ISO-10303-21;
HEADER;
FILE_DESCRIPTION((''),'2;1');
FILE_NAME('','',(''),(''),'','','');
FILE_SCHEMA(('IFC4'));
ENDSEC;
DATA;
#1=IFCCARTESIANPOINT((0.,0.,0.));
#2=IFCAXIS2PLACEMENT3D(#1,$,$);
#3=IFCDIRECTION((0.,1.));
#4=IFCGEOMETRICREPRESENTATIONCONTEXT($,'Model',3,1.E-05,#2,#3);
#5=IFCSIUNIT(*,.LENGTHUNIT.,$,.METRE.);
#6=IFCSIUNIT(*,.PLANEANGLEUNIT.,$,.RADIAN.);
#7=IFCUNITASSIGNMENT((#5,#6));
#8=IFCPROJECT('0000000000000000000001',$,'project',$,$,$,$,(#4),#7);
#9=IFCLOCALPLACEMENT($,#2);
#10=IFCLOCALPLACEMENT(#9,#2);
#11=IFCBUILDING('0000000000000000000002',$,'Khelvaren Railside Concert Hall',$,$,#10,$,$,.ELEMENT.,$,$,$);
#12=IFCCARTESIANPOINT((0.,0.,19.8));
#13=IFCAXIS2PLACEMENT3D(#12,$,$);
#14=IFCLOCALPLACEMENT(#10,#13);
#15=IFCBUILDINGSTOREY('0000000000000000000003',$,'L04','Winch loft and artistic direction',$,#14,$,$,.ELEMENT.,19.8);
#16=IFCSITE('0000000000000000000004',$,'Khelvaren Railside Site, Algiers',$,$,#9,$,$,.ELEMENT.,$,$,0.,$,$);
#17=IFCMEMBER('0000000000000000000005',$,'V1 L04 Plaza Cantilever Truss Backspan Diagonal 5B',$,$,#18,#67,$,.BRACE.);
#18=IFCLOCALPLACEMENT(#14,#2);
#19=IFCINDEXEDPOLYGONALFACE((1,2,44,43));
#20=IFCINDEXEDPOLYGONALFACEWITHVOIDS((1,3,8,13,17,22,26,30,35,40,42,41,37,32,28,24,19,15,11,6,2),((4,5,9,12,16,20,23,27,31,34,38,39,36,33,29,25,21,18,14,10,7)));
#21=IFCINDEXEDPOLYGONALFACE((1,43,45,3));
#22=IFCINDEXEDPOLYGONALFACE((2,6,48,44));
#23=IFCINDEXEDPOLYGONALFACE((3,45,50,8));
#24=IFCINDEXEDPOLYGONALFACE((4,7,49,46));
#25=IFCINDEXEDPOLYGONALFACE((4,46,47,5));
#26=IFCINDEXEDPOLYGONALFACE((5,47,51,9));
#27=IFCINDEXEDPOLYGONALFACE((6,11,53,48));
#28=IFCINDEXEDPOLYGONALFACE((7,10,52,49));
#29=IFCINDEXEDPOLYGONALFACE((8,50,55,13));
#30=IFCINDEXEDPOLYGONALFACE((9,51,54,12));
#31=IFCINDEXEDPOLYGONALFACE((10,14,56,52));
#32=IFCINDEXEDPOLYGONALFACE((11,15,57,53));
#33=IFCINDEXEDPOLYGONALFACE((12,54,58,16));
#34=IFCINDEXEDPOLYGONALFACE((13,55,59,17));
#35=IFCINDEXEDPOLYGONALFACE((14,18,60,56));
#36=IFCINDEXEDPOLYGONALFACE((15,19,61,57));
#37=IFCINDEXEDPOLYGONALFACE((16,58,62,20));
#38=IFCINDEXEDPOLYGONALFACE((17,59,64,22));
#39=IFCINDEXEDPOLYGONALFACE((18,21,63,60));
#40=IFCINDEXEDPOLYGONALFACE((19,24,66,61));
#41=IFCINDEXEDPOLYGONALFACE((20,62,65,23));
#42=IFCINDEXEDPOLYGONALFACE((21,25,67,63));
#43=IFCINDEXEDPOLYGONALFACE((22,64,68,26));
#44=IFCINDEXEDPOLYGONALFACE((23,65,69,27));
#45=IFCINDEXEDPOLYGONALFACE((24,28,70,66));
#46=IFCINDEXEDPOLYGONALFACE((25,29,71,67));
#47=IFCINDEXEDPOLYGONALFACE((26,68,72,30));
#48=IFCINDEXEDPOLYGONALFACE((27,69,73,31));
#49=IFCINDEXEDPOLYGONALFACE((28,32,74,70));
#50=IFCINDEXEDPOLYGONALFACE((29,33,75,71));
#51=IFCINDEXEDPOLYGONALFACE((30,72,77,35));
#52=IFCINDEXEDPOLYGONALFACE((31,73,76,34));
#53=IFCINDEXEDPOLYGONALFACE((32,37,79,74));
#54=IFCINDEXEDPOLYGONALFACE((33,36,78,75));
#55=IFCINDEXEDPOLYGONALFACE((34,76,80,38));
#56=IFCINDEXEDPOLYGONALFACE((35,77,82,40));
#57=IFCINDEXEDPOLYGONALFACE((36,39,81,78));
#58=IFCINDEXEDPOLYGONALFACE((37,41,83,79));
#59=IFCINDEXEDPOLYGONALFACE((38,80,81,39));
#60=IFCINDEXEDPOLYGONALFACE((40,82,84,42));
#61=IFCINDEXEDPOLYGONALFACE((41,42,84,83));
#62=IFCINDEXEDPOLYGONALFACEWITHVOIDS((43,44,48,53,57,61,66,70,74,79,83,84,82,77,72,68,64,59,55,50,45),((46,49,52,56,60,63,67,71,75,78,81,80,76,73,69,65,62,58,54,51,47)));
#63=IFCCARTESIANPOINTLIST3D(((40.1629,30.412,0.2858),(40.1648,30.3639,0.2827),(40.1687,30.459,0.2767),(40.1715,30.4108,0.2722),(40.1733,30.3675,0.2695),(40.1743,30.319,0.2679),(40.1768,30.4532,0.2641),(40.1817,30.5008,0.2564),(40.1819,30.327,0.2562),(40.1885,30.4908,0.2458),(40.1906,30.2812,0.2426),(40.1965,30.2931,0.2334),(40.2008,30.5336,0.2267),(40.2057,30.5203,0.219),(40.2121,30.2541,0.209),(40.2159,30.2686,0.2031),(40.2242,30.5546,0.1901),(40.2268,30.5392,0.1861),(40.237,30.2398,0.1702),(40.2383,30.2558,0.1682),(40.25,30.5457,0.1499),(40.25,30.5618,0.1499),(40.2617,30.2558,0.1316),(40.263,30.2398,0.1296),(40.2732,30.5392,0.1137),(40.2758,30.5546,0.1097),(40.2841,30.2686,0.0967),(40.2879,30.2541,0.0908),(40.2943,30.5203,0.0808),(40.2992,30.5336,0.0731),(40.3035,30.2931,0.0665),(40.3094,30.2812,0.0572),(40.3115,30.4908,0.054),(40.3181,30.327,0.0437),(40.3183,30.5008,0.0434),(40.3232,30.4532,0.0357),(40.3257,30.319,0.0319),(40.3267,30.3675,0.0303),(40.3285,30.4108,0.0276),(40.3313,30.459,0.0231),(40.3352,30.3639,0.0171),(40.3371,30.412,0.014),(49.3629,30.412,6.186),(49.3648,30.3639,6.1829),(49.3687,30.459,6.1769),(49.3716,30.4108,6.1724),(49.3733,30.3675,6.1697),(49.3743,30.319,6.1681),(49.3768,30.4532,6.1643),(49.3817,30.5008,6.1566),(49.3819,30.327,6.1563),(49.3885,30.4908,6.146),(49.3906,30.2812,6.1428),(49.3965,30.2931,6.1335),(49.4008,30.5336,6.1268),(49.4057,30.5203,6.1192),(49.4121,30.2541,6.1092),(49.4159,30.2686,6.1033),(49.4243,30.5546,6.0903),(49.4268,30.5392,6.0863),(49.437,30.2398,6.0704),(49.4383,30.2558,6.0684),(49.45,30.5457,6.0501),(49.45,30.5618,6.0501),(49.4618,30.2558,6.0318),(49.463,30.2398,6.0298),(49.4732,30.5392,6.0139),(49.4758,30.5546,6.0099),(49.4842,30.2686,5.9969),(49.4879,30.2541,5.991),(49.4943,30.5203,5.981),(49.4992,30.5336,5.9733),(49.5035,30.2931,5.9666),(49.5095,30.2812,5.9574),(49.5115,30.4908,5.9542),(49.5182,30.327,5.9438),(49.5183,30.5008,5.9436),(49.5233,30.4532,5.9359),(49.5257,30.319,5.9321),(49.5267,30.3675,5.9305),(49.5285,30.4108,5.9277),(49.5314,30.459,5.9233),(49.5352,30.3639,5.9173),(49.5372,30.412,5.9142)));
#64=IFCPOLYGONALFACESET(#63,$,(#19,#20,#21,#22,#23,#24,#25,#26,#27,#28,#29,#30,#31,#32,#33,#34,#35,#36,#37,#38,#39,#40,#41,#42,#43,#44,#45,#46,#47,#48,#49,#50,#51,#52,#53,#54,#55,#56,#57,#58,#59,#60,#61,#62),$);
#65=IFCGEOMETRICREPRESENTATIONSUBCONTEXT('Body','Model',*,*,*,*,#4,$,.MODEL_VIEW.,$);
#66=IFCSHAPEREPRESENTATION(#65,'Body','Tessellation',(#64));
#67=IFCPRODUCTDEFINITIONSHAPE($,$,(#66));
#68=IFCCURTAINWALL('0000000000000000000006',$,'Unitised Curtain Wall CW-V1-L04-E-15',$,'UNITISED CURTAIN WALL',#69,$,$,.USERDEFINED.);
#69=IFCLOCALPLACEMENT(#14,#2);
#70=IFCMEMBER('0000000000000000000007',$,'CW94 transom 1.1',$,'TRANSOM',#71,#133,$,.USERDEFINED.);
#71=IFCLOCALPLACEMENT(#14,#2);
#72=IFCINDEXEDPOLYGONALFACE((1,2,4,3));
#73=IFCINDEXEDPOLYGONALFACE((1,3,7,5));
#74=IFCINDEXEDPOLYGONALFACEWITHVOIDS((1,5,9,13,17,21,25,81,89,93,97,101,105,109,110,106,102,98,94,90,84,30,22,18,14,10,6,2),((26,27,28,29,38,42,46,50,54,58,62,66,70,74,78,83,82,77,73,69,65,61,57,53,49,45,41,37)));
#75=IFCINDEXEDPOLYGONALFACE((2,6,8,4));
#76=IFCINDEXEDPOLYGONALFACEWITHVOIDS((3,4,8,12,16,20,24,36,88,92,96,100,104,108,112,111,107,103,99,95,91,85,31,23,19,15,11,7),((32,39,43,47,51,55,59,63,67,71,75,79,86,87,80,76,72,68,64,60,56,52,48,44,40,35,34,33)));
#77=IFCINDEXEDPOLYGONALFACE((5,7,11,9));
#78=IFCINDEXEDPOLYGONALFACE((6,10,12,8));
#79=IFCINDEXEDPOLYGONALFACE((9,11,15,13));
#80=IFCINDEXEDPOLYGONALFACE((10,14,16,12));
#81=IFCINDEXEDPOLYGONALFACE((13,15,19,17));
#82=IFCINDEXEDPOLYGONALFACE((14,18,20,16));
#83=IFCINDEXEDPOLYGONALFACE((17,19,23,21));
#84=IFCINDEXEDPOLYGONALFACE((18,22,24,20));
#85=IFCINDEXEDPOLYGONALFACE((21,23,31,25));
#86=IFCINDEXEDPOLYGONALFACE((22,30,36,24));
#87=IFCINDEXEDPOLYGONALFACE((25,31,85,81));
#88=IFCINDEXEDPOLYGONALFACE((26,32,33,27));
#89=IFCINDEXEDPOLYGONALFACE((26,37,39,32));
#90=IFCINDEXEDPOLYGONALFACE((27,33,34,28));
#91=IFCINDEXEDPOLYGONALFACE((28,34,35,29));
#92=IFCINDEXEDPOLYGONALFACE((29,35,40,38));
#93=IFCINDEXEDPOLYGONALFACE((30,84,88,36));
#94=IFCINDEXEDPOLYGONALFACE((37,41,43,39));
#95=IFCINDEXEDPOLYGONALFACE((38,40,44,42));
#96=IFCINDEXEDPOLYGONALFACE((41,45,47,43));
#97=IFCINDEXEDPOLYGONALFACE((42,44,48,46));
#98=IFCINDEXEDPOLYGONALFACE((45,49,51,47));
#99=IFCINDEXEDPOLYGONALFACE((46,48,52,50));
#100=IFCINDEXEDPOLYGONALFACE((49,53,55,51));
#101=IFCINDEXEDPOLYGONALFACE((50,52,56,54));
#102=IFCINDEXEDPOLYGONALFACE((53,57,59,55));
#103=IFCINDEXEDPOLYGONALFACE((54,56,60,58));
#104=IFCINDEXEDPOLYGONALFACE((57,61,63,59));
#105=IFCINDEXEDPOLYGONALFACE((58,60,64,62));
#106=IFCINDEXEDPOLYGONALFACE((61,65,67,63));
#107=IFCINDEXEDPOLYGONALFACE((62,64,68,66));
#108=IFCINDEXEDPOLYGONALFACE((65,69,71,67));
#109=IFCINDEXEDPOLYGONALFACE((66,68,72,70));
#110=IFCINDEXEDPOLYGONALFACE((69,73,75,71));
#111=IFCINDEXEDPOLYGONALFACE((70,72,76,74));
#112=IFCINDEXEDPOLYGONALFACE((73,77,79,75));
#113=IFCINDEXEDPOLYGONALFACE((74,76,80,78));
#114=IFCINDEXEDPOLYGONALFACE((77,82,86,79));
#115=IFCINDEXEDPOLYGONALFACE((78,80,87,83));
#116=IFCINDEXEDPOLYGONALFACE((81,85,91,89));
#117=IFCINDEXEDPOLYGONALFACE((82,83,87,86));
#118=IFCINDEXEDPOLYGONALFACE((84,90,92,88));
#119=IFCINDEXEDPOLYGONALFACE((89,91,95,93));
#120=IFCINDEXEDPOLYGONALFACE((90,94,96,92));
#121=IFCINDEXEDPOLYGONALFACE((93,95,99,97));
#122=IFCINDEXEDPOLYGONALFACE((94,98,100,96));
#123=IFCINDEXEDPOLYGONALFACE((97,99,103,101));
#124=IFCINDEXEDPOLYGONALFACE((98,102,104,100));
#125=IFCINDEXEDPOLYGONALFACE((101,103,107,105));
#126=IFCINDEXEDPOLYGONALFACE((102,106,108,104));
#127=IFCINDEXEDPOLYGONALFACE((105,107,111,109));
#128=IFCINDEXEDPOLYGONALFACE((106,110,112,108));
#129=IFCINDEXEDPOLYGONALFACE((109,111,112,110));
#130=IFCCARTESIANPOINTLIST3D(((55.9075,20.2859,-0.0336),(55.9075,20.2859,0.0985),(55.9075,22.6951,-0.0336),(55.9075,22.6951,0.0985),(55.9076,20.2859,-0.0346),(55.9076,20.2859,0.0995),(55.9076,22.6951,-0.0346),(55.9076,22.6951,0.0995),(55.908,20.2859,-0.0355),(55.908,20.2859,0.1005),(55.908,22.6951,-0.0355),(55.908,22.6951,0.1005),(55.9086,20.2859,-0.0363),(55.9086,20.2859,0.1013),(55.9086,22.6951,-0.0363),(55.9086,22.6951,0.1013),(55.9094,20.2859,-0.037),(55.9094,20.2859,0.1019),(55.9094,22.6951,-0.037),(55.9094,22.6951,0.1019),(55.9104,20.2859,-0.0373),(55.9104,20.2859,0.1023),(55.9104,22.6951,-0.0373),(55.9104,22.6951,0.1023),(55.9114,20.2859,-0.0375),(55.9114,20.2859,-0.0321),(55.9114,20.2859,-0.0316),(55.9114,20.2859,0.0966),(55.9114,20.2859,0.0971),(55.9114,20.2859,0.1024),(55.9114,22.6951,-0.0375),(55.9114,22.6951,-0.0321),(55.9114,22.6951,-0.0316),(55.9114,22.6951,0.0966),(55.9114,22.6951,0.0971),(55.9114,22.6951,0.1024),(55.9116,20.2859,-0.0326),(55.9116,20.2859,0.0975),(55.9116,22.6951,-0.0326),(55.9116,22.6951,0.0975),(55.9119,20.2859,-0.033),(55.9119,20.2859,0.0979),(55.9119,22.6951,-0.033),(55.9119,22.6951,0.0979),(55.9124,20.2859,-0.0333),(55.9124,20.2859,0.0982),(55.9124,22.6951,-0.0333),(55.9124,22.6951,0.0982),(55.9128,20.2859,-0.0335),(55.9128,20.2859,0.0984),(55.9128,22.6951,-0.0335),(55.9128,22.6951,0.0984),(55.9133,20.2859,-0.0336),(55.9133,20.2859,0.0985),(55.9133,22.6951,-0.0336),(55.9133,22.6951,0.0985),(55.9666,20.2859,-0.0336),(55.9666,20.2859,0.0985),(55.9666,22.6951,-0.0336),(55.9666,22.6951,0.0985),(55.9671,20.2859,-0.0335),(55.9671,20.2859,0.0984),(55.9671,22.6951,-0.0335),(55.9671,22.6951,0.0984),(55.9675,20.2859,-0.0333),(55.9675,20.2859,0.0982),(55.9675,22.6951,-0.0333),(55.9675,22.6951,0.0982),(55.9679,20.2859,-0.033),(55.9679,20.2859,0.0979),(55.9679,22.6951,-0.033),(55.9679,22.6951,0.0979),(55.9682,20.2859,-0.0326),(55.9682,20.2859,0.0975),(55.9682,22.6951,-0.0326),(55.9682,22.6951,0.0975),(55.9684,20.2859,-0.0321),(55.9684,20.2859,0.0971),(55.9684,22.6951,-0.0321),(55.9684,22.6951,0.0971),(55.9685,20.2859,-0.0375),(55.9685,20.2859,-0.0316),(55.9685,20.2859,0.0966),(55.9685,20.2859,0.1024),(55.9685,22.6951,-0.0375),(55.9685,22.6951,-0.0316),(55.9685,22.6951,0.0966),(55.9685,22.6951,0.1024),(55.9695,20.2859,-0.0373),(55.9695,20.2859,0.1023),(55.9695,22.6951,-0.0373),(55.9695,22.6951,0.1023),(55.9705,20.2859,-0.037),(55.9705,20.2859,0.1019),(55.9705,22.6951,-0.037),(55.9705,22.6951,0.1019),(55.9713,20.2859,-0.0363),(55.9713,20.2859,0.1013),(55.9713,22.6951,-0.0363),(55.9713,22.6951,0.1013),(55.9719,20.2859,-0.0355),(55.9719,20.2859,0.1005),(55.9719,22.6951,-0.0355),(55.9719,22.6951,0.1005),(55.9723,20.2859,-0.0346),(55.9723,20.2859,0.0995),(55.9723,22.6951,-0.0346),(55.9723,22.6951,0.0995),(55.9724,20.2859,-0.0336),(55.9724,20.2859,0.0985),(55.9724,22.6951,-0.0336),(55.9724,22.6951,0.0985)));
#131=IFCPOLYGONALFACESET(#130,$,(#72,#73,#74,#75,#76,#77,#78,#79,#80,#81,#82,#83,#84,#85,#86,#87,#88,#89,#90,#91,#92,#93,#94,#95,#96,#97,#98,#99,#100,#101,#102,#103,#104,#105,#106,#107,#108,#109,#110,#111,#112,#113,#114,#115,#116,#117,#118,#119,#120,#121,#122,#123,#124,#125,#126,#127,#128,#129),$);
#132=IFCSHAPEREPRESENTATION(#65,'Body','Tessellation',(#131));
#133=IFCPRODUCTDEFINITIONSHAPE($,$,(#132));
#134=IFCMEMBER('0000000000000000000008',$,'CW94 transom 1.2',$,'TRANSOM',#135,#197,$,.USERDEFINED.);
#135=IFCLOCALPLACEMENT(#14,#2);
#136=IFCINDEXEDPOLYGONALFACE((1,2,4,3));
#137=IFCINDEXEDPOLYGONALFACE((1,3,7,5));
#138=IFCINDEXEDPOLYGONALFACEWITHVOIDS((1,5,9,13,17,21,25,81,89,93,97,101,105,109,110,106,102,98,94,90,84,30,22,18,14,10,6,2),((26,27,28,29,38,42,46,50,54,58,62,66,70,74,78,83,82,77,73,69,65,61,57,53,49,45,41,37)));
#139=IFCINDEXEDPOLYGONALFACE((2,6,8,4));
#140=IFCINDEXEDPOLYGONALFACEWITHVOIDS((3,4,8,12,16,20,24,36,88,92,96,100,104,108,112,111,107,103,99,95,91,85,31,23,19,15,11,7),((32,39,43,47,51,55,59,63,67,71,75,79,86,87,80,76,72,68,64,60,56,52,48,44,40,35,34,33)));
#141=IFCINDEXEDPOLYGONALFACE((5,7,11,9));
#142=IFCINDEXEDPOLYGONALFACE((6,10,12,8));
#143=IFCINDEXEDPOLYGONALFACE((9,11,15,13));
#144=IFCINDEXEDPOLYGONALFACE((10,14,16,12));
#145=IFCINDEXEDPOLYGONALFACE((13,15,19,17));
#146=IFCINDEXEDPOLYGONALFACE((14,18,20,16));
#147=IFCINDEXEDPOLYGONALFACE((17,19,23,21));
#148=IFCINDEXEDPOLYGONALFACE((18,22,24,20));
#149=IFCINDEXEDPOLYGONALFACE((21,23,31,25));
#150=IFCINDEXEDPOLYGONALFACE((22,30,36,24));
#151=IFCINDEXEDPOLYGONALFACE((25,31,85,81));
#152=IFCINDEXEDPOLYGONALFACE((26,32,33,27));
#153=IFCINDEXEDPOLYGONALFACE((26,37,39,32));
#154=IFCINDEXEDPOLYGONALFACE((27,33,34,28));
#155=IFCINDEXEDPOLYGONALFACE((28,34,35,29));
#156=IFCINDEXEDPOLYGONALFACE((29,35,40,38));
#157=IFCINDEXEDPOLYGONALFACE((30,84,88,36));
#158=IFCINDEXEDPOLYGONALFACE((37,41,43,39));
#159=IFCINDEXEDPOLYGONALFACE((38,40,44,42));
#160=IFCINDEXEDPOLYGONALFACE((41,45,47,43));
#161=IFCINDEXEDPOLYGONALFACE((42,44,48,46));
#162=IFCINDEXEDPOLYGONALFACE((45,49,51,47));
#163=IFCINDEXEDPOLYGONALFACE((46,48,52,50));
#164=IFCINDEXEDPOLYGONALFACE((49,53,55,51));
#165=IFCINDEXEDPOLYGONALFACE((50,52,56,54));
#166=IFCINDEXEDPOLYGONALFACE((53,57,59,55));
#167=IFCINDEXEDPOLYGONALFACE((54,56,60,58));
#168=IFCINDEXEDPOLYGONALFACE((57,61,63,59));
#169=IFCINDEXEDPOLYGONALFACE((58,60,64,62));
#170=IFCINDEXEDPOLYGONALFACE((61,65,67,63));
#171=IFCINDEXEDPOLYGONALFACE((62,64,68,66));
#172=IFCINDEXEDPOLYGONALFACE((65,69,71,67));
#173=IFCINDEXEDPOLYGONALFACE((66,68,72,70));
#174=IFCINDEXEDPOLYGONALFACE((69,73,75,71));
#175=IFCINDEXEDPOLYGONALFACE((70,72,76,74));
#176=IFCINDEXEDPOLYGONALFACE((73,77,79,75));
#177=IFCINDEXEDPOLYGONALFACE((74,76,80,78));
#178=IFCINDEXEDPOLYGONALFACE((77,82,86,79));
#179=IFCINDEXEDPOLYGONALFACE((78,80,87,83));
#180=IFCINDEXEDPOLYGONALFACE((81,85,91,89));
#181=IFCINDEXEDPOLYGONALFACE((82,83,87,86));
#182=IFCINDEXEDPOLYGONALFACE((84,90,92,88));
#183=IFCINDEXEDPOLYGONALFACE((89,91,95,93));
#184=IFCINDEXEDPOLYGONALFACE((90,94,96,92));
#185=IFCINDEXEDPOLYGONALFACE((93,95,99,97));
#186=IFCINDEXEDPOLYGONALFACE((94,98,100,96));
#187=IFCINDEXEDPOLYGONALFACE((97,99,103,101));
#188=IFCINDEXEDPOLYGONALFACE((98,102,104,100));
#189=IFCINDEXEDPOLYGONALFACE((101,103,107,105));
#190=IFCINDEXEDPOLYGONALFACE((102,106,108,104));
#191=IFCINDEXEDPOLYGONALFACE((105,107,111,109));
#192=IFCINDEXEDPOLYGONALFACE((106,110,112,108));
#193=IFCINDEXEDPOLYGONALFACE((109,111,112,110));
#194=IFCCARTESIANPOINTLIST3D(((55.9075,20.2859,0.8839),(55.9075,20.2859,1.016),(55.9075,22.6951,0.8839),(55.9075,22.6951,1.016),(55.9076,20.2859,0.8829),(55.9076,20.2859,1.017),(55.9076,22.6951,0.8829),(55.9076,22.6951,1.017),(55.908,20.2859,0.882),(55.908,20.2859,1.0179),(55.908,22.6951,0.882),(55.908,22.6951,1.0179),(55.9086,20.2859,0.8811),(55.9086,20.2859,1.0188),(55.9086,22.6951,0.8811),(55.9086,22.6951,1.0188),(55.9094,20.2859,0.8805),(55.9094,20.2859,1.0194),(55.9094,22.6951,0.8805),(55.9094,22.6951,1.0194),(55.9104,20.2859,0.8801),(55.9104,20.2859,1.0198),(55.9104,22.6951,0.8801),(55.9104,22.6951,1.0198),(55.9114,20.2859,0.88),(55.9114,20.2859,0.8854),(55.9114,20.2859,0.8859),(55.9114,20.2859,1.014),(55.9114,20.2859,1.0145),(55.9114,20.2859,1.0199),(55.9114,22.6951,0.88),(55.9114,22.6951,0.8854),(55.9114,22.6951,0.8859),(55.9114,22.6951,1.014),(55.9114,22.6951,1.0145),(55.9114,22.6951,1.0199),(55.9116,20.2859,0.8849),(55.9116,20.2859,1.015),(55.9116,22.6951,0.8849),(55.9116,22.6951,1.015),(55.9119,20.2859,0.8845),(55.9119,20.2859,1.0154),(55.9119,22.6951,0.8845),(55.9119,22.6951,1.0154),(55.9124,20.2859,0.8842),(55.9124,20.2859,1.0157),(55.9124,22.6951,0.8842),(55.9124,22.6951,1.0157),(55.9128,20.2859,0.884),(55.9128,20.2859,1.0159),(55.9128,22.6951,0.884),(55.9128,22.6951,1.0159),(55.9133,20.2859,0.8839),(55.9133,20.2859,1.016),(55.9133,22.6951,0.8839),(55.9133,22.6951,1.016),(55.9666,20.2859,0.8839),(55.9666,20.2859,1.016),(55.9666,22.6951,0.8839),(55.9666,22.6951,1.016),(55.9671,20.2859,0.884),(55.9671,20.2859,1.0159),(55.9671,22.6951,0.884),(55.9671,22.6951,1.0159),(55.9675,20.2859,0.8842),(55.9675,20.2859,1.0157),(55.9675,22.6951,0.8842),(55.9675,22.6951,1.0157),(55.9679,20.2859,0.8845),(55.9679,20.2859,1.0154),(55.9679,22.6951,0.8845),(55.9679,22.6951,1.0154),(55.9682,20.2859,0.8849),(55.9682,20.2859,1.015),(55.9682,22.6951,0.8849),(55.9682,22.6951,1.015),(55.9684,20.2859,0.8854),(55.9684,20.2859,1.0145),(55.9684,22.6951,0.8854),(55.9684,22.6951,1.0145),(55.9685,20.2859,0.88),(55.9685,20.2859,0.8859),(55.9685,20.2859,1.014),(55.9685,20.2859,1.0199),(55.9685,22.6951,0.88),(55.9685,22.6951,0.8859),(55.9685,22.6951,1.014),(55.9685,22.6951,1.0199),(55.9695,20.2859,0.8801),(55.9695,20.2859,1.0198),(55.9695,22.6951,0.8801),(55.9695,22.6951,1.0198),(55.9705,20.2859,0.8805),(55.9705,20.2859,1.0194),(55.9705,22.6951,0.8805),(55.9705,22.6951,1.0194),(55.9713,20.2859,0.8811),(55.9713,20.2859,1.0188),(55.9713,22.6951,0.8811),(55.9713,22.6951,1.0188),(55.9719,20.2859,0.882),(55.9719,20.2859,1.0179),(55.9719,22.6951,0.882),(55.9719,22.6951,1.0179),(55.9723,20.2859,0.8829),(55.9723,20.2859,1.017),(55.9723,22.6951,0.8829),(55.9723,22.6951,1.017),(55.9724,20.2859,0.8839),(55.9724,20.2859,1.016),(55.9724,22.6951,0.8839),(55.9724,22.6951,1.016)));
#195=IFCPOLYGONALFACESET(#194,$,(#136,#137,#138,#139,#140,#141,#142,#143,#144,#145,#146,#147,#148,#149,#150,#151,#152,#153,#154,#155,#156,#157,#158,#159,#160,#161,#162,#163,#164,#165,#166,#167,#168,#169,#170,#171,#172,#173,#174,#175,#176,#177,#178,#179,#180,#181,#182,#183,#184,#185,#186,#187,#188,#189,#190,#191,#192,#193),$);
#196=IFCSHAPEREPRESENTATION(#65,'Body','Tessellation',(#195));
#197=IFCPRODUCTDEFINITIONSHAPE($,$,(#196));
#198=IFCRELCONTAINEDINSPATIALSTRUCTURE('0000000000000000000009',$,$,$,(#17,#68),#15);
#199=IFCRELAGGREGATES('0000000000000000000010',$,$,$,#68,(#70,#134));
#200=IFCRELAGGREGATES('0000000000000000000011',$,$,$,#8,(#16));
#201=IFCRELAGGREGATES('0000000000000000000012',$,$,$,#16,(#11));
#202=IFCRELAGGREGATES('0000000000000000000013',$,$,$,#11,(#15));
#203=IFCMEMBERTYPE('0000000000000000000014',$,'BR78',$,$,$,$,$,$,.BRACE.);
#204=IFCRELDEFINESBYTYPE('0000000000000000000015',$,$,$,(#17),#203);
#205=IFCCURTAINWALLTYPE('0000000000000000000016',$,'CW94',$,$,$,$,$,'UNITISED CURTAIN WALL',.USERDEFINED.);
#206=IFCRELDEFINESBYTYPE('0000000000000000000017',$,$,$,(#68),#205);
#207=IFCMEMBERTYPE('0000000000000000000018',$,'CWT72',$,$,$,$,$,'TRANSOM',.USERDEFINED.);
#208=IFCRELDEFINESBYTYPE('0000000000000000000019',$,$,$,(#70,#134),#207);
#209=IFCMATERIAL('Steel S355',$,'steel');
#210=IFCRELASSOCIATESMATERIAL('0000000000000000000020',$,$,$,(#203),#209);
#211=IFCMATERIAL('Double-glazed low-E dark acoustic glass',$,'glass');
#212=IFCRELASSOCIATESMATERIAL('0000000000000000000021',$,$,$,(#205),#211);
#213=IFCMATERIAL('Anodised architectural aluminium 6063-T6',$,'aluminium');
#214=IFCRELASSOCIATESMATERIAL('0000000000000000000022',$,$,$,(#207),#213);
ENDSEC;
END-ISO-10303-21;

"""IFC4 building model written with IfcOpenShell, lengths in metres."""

from ifc_helpers import new_model, si_unit, direction, frame, origin, origin_2d, place, context, subcontext, project, spatial, hollow_rectangle, hollow_circle, extrude, material, material_profile, profile_set, type_object, element, aggregate, save


model = new_model("IFC4")

# Units and contexts
model_context = context("Model", 3, precision=1e-05, world=origin(), true_north=direction((0.0, 1.0)))
body_context = subcontext(model_context, "Body", "Model", "MODEL_VIEW")
ifc_project = project(units=[si_unit("LENGTHUNIT", "METRE"), si_unit("PLANEANGLEUNIT", "RADIAN")], contexts=[model_context])

# Site, building, storey
site_placement = place(None, origin())
site = spatial("IfcSite", under=ifc_project, at=site_placement, Name="Khelvaren Railside Site, Algiers", CompositionType="ELEMENT", RefElevation=0.0)
building_placement = place(site_placement, origin())
building = spatial("IfcBuilding", under=site, at=building_placement, Name="Khelvaren Railside Concert Hall", CompositionType="ELEMENT")
storey_placement = place(building_placement, frame((0.0, 0.0, 19.8)))
storey = spatial("IfcBuildingStorey", under=building, at=storey_placement, Name="L04", Description="Winch loft and artistic direction", CompositionType="ELEMENT", Elevation=19.8)

# Shared definitions
ifc_material_1 = material(Name="Steel S355", Category="steel")

# Member
ifc_material_profile_1 = material_profile(ifc_material_1, hollow_circle(Radius=0.1619, WallThickness=0.0161, at=origin_2d()), Name="CHS 323.9x16")
ifc_profile_set_1 = profile_set([ifc_material_profile_1], Name="Steel S355")
member_type_1 = type_object("IfcMemberType", Name="BR78", PredefinedType="BRACE", material=ifc_profile_set_1)
member_1_placement = place(storey_placement, frame((40.25, 30.3999, 0.1499), z_axis=(0.841765, 0.0, 0.539844), x_axis=(0.0, 1.0, 0.0)))
element("IfcMember", 1, at=member_1_placement, inside=storey, type_object=member_type_1, Name="V1 L04 Plaza Cantilever Truss Backspan Diagonal 5B", PredefinedType="BRACE", context=body_context, shape_type="SweptSolid", body=[
    extrude(hollow_circle(Radius=0.1619, WallThickness=0.0161, at=origin_2d()), origin(), (0.0, 0.0, 1.0), 10.9294),
])

# Curtain wall, members
ifc_material_2 = material(Name="Double-glazed low-E dark acoustic glass", Category="glass")
curtain_wall_type = type_object("IfcCurtainWallType", Name="CW94", ElementType="UNITISED CURTAIN WALL", PredefinedType="USERDEFINED", material=ifc_material_2)
curtain_wall_placement = place(storey_placement, origin())
curtain_wall = element("IfcCurtainWall", 2, at=curtain_wall_placement, inside=storey, type_object=curtain_wall_type, Name="Unitised Curtain Wall CW-V1-L04-E-15", ObjectType="UNITISED CURTAIN WALL", PredefinedType="USERDEFINED")
ifc_material_3 = material(Name="Anodised architectural aluminium 6063-T6", Category="aluminium")
ifc_material_profile_2 = material_profile(ifc_material_3, hollow_rectangle(XDim=0.0649, YDim=0.1399, WallThickness=0.0039, InnerFilletRadius=0.002, OuterFilletRadius=0.0039, at=origin_2d()), Name="CWT 65x140x4")
ifc_profile_set_2 = profile_set([ifc_material_profile_2], Name="Anodised architectural aluminium 6063-T6")
member_type_2 = type_object("IfcMemberType", Name="CWT72", ElementType="TRANSOM", PredefinedType="USERDEFINED", material=ifc_profile_set_2)
member_2_placement = place(storey_placement, frame((55.9399, 22.6951, 0.0325), z_axis=(0.0, -1.0, 0.0), x_axis=(1.0, 0.0, 0.0)))
member_2 = element("IfcMember", 3, at=member_2_placement, type_object=member_type_2, Name="CW94 transom 1.1", ObjectType="TRANSOM", PredefinedType="USERDEFINED", context=body_context, shape_type="SweptSolid", body=[
    extrude(hollow_rectangle(XDim=0.0649, YDim=0.1399, WallThickness=0.0039, InnerFilletRadius=0.002, OuterFilletRadius=0.0039, at=origin_2d()), origin(), (0.0, 0.0, 1.0), 2.4092),
])
member_3_placement = place(storey_placement, frame((55.9399, 22.6951, 0.95), z_axis=(0.0, -1.0, 0.0), x_axis=(1.0, 0.0, 0.0)))
member_3 = element("IfcMember", 4, at=member_3_placement, type_object=member_type_2, Name="CW94 transom 1.2", ObjectType="TRANSOM", PredefinedType="USERDEFINED", context=body_context, shape_type="SweptSolid", body=[
    extrude(hollow_rectangle(XDim=0.0649, YDim=0.1399, WallThickness=0.0039, InnerFilletRadius=0.002, OuterFilletRadius=0.0039, at=origin_2d()), origin(), (0.0, 0.0, 1.0), 2.4092),
])
aggregate(curtain_wall, [member_2, member_3])

save(model, "model.ifc")
